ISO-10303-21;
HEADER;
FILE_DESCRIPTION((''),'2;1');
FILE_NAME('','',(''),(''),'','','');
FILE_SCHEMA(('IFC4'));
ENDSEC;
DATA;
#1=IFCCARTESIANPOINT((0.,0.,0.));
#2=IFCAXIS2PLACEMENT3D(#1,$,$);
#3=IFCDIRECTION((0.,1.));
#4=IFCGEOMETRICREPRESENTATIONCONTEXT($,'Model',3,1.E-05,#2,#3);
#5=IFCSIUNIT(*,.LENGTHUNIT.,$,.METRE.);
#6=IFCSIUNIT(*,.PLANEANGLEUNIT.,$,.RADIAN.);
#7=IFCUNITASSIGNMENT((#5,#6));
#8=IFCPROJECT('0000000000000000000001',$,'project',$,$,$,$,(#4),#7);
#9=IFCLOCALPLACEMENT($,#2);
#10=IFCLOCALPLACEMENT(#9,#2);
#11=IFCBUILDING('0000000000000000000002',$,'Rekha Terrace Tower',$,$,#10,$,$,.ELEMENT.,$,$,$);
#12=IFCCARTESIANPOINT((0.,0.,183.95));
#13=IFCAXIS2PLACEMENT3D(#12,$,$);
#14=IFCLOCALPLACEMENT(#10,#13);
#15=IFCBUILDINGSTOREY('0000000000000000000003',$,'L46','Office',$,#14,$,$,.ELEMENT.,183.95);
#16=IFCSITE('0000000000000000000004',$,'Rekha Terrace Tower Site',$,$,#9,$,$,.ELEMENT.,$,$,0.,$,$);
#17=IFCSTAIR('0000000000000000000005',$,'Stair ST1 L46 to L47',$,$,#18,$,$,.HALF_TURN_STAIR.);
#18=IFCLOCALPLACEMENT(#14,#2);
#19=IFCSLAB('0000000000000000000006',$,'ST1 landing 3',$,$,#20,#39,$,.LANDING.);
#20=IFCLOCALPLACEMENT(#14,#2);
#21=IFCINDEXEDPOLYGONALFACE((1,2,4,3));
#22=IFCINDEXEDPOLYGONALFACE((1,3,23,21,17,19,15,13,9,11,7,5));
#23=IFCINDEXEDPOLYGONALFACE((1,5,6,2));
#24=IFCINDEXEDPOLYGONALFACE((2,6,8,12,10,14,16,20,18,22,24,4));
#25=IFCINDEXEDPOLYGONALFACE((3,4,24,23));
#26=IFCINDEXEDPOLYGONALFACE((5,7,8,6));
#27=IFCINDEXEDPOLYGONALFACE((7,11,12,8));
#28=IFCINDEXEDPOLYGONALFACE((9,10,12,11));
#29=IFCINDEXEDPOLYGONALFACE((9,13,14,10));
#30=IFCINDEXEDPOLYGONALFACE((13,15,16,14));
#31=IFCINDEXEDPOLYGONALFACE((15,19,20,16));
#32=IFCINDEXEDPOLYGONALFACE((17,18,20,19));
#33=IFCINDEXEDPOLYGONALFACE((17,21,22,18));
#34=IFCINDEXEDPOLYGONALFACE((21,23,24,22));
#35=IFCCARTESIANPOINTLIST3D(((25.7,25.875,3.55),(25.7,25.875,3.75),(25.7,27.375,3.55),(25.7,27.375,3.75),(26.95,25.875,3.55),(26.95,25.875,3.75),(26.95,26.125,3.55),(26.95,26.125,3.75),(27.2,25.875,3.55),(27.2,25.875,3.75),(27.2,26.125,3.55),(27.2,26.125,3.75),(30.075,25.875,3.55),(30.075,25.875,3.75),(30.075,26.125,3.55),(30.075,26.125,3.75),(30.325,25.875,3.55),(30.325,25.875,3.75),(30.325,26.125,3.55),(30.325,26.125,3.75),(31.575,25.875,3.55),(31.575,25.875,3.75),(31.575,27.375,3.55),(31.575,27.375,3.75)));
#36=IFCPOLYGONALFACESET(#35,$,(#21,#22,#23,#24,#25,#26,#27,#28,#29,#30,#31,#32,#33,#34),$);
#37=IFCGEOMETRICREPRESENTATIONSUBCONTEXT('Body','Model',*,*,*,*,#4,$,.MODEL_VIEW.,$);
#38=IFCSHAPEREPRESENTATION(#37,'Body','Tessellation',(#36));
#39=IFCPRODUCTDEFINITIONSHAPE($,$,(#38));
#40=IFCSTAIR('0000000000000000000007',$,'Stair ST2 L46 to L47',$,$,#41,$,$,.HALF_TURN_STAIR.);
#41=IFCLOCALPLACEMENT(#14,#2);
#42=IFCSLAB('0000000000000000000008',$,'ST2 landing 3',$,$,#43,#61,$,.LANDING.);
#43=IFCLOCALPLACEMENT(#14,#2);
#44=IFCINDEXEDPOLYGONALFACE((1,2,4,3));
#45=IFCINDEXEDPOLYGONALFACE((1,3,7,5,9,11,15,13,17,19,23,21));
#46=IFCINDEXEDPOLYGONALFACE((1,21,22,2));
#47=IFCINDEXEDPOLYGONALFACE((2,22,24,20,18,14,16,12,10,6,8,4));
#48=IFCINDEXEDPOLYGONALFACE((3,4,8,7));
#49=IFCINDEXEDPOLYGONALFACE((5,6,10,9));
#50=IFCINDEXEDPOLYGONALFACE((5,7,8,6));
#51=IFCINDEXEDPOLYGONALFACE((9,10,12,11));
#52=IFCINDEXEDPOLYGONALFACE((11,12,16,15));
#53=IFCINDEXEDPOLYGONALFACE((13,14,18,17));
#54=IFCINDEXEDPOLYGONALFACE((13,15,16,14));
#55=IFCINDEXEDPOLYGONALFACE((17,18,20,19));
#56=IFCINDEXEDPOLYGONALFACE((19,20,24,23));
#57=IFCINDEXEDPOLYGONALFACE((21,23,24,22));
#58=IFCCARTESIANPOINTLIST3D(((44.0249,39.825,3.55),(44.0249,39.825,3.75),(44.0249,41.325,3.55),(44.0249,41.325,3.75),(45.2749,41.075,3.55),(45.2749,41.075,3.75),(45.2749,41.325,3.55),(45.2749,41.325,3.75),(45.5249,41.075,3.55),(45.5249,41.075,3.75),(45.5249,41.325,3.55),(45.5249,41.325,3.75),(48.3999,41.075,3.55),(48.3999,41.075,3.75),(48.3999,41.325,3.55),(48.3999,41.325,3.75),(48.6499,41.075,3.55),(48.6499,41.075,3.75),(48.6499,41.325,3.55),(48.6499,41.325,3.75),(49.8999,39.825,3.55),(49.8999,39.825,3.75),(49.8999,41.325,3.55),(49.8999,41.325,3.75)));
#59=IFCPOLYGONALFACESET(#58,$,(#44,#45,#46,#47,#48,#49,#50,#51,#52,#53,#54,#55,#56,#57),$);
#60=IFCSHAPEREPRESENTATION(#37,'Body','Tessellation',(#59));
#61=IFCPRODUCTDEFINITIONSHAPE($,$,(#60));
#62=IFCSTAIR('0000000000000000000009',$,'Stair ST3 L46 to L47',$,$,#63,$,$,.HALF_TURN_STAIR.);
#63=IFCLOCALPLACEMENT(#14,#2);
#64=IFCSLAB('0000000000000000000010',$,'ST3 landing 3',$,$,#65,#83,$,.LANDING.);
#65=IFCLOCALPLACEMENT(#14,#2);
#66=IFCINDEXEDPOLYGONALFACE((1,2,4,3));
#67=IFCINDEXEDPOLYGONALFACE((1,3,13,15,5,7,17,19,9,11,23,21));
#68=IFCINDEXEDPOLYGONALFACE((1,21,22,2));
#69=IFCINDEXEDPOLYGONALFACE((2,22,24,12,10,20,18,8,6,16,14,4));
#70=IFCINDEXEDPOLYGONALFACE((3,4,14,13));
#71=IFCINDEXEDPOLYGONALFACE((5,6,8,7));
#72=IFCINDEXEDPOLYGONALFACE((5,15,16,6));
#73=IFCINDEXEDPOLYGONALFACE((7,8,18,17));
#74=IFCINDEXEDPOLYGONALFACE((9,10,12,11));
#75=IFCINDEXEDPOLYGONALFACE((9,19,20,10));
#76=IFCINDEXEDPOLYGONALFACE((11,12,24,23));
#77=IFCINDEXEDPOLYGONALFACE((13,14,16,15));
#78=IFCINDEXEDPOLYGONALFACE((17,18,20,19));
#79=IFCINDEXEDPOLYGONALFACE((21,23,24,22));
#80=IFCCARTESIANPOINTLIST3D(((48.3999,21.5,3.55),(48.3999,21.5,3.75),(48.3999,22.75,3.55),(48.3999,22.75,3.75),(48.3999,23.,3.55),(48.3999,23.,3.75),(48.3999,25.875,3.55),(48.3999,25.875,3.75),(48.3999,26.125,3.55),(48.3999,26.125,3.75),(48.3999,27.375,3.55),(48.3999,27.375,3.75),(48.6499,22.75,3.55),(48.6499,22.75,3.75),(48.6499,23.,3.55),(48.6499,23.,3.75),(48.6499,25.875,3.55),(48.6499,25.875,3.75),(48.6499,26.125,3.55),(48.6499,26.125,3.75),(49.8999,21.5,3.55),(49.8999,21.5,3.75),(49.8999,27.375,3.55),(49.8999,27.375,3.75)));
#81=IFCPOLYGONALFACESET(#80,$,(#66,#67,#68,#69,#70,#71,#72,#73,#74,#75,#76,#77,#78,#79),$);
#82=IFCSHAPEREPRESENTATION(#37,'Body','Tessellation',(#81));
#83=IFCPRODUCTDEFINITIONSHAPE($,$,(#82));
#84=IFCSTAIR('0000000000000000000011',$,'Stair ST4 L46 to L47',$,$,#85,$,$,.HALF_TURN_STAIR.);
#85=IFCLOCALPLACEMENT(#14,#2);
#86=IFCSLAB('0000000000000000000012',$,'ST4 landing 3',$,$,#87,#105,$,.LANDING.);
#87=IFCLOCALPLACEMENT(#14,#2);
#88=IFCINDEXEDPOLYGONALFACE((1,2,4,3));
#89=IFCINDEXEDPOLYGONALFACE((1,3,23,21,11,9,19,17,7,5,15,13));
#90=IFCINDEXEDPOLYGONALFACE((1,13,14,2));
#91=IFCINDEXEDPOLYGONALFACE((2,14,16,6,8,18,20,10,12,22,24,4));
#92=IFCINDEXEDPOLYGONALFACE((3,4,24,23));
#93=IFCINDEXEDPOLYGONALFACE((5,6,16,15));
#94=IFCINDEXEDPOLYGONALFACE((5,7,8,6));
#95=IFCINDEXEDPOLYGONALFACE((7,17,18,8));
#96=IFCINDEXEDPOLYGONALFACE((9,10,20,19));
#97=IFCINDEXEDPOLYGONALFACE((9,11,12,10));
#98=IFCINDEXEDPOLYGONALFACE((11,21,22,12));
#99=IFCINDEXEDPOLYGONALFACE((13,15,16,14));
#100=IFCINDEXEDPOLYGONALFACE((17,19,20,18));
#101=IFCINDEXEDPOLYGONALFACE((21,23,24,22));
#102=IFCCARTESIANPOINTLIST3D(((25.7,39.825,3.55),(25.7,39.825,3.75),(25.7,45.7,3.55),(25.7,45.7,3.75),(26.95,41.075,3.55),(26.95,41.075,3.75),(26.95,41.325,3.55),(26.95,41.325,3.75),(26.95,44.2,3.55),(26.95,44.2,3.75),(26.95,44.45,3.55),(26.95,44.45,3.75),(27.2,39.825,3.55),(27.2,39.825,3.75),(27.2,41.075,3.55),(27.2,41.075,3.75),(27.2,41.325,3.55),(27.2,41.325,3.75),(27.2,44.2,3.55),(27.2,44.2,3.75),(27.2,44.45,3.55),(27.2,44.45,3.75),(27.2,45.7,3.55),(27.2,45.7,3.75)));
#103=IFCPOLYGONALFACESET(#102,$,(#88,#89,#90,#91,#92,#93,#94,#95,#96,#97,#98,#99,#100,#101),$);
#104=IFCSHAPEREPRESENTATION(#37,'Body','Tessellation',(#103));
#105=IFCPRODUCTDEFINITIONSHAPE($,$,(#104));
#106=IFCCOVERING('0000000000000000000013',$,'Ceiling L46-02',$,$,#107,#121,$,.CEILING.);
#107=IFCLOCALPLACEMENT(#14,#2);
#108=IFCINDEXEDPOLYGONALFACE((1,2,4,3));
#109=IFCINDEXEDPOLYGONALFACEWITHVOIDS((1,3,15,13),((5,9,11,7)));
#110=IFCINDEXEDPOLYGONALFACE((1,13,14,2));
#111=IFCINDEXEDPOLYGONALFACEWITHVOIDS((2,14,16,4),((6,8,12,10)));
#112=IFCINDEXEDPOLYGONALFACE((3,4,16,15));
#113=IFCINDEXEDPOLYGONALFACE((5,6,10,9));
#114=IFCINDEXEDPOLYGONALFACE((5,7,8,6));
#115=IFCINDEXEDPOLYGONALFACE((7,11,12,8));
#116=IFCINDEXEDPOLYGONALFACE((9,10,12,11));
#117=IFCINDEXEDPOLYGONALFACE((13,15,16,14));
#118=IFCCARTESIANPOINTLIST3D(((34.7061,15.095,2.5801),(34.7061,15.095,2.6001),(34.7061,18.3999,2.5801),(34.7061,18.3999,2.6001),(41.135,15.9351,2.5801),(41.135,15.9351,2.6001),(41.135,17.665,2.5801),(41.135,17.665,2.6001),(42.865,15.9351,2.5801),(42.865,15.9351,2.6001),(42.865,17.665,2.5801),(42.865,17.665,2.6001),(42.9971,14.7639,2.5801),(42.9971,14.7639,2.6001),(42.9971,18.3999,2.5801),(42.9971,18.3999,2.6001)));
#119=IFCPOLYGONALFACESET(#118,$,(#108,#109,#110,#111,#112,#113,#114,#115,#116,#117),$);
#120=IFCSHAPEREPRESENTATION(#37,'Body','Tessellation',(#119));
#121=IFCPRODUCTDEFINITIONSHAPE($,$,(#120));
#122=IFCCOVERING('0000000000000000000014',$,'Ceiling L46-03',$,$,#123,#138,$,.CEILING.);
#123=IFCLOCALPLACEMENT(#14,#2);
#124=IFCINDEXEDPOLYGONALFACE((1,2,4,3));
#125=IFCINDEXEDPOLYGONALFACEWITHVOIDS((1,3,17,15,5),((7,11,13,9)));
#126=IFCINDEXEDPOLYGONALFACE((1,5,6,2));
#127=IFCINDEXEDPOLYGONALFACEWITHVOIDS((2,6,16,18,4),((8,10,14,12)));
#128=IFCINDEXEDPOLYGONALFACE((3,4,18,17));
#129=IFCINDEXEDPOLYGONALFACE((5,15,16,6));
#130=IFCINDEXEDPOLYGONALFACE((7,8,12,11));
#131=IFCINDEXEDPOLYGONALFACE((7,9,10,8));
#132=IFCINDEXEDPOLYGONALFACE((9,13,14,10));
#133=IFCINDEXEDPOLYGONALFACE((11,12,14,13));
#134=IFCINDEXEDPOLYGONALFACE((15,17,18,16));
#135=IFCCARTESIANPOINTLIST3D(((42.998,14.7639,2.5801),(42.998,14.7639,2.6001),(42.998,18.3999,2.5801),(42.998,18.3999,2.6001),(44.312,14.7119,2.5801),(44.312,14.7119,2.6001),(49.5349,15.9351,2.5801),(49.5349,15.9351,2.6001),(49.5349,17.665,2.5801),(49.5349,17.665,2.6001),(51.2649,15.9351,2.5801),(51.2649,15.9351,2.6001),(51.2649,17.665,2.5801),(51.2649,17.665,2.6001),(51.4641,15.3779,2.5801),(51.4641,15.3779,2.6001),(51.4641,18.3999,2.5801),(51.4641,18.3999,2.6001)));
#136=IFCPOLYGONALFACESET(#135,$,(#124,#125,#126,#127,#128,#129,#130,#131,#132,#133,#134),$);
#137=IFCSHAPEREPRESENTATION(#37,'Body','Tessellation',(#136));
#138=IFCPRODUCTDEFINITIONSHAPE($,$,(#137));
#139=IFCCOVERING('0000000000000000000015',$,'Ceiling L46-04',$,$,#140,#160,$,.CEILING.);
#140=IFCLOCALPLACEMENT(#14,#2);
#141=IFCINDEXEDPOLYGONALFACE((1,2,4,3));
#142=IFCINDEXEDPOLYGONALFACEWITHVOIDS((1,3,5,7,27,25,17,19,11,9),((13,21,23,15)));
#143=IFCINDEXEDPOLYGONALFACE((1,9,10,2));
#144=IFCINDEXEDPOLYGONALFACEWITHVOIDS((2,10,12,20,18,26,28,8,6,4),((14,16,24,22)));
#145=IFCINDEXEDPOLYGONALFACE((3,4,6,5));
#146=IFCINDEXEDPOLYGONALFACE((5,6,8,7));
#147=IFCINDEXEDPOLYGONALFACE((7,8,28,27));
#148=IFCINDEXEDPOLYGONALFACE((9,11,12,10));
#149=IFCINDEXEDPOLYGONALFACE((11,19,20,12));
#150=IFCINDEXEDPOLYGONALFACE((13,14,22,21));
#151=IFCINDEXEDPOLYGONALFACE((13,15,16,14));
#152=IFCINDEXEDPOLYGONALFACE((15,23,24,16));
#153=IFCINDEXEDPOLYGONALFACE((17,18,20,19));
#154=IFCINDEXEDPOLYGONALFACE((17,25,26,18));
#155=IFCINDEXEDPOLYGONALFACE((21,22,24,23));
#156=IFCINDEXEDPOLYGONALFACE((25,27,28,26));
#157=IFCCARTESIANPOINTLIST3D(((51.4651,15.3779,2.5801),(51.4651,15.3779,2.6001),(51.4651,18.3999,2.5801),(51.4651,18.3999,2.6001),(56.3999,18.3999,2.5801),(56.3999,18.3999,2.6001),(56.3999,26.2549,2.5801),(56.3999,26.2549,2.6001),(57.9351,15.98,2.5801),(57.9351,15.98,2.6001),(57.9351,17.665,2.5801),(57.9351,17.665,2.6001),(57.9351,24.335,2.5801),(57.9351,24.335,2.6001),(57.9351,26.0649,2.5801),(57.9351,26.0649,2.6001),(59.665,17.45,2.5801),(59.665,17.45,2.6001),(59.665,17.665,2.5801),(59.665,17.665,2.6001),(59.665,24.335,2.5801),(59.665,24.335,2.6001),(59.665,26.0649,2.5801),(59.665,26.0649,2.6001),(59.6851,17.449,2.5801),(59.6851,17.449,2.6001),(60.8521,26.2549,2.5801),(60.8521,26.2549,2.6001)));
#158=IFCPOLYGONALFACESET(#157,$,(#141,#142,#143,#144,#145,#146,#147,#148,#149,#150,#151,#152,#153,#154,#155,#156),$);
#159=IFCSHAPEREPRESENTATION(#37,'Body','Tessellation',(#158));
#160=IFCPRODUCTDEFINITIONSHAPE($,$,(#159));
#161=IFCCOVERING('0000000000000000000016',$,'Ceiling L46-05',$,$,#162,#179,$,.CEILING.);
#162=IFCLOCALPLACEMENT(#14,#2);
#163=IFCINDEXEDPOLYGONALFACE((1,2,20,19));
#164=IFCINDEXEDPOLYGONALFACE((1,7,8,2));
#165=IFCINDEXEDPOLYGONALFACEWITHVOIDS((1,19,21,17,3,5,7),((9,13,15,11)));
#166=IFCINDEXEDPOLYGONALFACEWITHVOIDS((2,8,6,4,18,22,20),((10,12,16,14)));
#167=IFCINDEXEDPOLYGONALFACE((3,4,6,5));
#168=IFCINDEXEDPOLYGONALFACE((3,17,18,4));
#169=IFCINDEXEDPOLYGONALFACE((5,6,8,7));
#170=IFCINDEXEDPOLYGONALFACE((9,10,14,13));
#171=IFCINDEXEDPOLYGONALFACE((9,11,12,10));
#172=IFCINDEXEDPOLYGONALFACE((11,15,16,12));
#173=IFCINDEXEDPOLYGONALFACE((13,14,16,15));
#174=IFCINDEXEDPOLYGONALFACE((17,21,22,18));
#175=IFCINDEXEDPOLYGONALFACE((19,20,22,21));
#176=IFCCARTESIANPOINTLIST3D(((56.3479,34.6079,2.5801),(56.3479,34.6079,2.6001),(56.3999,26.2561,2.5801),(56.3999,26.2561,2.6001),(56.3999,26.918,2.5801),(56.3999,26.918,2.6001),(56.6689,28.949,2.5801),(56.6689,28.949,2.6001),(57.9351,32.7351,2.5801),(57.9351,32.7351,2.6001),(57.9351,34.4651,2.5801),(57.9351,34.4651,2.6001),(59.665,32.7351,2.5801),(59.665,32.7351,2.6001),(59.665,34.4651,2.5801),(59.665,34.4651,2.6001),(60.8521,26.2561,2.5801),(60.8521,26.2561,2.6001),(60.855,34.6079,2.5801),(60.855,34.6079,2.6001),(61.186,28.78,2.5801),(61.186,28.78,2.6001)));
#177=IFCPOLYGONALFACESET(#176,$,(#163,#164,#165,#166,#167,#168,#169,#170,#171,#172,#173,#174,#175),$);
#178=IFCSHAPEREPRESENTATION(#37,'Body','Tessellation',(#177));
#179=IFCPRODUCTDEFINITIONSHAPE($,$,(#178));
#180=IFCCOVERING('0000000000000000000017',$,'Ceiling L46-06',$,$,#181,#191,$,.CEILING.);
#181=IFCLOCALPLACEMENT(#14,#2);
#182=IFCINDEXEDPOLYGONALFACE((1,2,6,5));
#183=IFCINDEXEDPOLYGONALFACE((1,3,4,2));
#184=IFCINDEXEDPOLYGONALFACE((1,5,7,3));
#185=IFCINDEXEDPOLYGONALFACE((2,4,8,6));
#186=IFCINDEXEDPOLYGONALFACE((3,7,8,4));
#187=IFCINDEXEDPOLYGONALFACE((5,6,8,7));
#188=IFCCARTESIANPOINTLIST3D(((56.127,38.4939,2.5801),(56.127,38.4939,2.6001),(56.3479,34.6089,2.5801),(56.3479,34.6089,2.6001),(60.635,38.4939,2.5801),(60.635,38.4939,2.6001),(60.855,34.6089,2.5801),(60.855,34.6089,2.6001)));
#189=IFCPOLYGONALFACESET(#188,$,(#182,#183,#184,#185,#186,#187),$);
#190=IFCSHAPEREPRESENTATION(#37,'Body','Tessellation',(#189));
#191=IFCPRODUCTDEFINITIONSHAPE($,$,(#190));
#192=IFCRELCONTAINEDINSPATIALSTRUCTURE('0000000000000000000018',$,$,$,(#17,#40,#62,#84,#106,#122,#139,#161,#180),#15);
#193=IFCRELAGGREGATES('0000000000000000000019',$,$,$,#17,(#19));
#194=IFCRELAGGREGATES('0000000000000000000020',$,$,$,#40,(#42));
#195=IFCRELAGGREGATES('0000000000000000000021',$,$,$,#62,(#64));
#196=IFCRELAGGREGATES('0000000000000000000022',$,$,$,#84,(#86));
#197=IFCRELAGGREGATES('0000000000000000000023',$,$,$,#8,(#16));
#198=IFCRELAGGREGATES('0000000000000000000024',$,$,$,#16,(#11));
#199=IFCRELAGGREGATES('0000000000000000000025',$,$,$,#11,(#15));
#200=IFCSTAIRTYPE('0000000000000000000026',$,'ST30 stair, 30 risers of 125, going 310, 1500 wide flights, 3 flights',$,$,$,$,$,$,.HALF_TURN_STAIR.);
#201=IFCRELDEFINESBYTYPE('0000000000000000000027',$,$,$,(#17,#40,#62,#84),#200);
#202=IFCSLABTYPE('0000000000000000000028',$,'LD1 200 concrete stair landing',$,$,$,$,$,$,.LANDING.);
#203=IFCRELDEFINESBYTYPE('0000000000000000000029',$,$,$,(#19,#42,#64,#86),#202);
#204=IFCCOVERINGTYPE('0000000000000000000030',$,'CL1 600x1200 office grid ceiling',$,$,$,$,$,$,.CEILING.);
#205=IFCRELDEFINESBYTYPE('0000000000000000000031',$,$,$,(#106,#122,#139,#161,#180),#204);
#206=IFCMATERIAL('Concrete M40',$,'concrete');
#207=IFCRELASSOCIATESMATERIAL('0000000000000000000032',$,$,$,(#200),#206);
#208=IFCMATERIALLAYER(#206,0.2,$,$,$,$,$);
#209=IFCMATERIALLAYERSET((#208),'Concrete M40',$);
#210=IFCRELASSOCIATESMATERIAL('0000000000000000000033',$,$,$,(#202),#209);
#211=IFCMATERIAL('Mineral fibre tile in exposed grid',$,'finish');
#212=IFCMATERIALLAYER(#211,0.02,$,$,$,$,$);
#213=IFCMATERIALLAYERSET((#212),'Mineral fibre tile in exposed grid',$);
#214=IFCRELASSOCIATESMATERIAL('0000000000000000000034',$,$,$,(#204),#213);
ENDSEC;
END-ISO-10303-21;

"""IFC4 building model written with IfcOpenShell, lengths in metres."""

from ifc_helpers import new_model, si_unit, direction, frame, origin, place, context, subcontext, project, spatial, polyline, outline, extrude, material, layer, layer_set, type_object, element, aggregate, save


model = new_model("IFC4")

# Units and contexts
model_context = context("Model", 3, precision=1e-05, world=origin(), true_north=direction((0.0, 1.0)))
body_context = subcontext(model_context, "Body", "Model", "MODEL_VIEW")
ifc_project = project(units=[si_unit("LENGTHUNIT", "METRE"), si_unit("PLANEANGLEUNIT", "RADIAN")], contexts=[model_context])

# Site, building, storey
site_placement = place(None, origin())
site = spatial("IfcSite", under=ifc_project, at=site_placement, Name="Rekha Terrace Tower Site", CompositionType="ELEMENT", RefElevation=0.0)
building_placement = place(site_placement, origin())
building = spatial("IfcBuilding", under=site, at=building_placement, Name="Rekha Terrace Tower", CompositionType="ELEMENT")
storey_placement = place(building_placement, frame((0.0, 0.0, 183.95)))
storey = spatial("IfcBuildingStorey", under=building, at=storey_placement, Name="L46", Description="Office", CompositionType="ELEMENT", Elevation=183.95)

# Stairs, slabs
ifc_material_1 = material(Name="Concrete M40", Category="concrete")
stair_type = type_object("IfcStairType", Name="ST30 stair, 30 risers of 125, going 310, 1500 wide flights, 3 flights", PredefinedType="HALF_TURN_STAIR", material=ifc_material_1)
stair_1_placement = place(storey_placement, origin())
stair_1 = element("IfcStair", 1, at=stair_1_placement, inside=storey, type_object=stair_type, Name="Stair ST1 L46 to L47", PredefinedType="HALF_TURN_STAIR")
ifc_layer_1 = layer(ifc_material_1, 0.2)
ifc_layer_set_1 = layer_set([ifc_layer_1], Name="Concrete M40")
slab_type = type_object("IfcSlabType", Name="LD1 200 concrete stair landing", PredefinedType="LANDING", material=ifc_layer_set_1)
slab_1_placement = place(storey_placement, frame((0.0, 0.0, 3.55)))
slab_1 = element("IfcSlab", 2, at=slab_1_placement, type_object=slab_type, Name="ST1 landing 3", PredefinedType="LANDING", context=body_context, shape_type="SweptSolid", body=[
    extrude(outline(polyline([(31.575, 25.875), (31.575, 27.375), (25.7, 27.375), (25.7, 25.875), (26.95, 25.875), (26.95, 26.125), (27.2, 26.125), (27.2, 25.875), (30.075, 25.875), (30.075, 26.125), (30.325, 26.125), (30.325, 25.875), (31.575, 25.875)])), origin(), (0.0, 0.0, 1.0), 0.2),
])
aggregate(stair_1, [slab_1])
stair_2_placement = place(storey_placement, origin())
stair_2 = element("IfcStair", 3, at=stair_2_placement, inside=storey, type_object=stair_type, Name="Stair ST2 L46 to L47", PredefinedType="HALF_TURN_STAIR")
slab_2_placement = place(storey_placement, frame((0.0, 0.0, 3.55)))
slab_2 = element("IfcSlab", 4, at=slab_2_placement, type_object=slab_type, Name="ST2 landing 3", PredefinedType="LANDING", context=body_context, shape_type="SweptSolid", body=[
    extrude(outline(polyline([(44.0249, 41.325), (44.0249, 39.825), (49.8999, 39.825), (49.8999, 41.325), (48.6499, 41.325), (48.6499, 41.075), (48.3999, 41.075), (48.3999, 41.325), (45.5249, 41.325), (45.5249, 41.075), (45.2749, 41.075), (45.2749, 41.325), (44.0249, 41.325)])), origin(), (0.0, 0.0, 1.0), 0.2),
])
aggregate(stair_2, [slab_2])
stair_3_placement = place(storey_placement, origin())
stair_3 = element("IfcStair", 5, at=stair_3_placement, inside=storey, type_object=stair_type, Name="Stair ST3 L46 to L47", PredefinedType="HALF_TURN_STAIR")
slab_3_placement = place(storey_placement, frame((0.0, 0.0, 3.55)))
slab_3 = element("IfcSlab", 6, at=slab_3_placement, type_object=slab_type, Name="ST3 landing 3", PredefinedType="LANDING", context=body_context, shape_type="SweptSolid", body=[
    extrude(outline(polyline([(48.3999, 21.5), (49.8999, 21.5), (49.8999, 27.375), (48.3999, 27.375), (48.3999, 26.125), (48.6499, 26.125), (48.6499, 25.875), (48.3999, 25.875), (48.3999, 23.0), (48.6499, 23.0), (48.6499, 22.75), (48.3999, 22.75), (48.3999, 21.5)])), origin(), (0.0, 0.0, 1.0), 0.2),
])
aggregate(stair_3, [slab_3])
stair_4_placement = place(storey_placement, origin())
stair_4 = element("IfcStair", 7, at=stair_4_placement, inside=storey, type_object=stair_type, Name="Stair ST4 L46 to L47", PredefinedType="HALF_TURN_STAIR")
slab_4_placement = place(storey_placement, frame((0.0, 0.0, 3.55)))
slab_4 = element("IfcSlab", 8, at=slab_4_placement, type_object=slab_type, Name="ST4 landing 3", PredefinedType="LANDING", context=body_context, shape_type="SweptSolid", body=[
    extrude(outline(polyline([(27.2, 39.825), (25.7, 39.825), (25.7, 45.7), (27.2, 45.7), (27.2, 44.45), (26.95, 44.45), (26.95, 44.2), (27.2, 44.2), (27.2, 41.325), (26.95, 41.325), (26.95, 41.075), (27.2, 41.075), (27.2, 39.825)])), origin(), (0.0, 0.0, 1.0), 0.2),
])
aggregate(stair_4, [slab_4])

# Coverings
ifc_material_2 = material(Name="Mineral fibre tile in exposed grid", Category="finish")
ifc_layer_2 = layer(ifc_material_2, 0.02)
ifc_layer_set_2 = layer_set([ifc_layer_2], Name="Mineral fibre tile in exposed grid")
covering_type_1 = type_object("IfcCoveringType", Name="CL1 600x1200 office grid ceiling", PredefinedType="CEILING", material=ifc_layer_set_2)
covering_1_placement = place(storey_placement, frame((0.0, 0.0, 2.5801)))
element("IfcCovering", 9, at=covering_1_placement, inside=storey, type_object=covering_type_1, Name="Ceiling L46-02", PredefinedType="CEILING", context=body_context, shape_type="SweptSolid", body=[
    extrude(outline(polyline([(42.9971, 14.7639), (42.9971, 18.3999), (34.7061, 18.3999), (34.7061, 15.095), (42.9971, 14.7639)]), holes=[polyline([(42.865, 17.665), (42.865, 15.9351), (41.135, 15.9351), (41.135, 17.665), (42.865, 17.665)])]), origin(), (0.0, 0.0, 1.0), 0.02),
])
covering_2_placement = place(storey_placement, frame((0.0, 0.0, 2.5801)))
element("IfcCovering", 10, at=covering_2_placement, inside=storey, type_object=covering_type_1, Name="Ceiling L46-03", PredefinedType="CEILING", context=body_context, shape_type="SweptSolid", body=[
    extrude(outline(polyline([(51.4641, 18.3999), (42.998, 18.3999), (42.998, 14.7639), (44.312, 14.7119), (51.4641, 15.3779), (51.4641, 18.3999)]), holes=[polyline([(51.2649, 15.9351), (49.5349, 15.9351), (49.5349, 17.665), (51.2649, 17.665), (51.2649, 15.9351)])]), origin(), (0.0, 0.0, 1.0), 0.02),
])
covering_3_placement = place(storey_placement, frame((0.0, 0.0, 2.5801)))
element("IfcCovering", 11, at=covering_3_placement, inside=storey, type_object=covering_type_1, Name="Ceiling L46-04", PredefinedType="CEILING", context=body_context, shape_type="SweptSolid", body=[
    extrude(outline(polyline([(56.3999, 26.2549), (56.3999, 18.3999), (51.4651, 18.3999), (51.4651, 15.3779), (57.9351, 15.98), (57.9351, 17.665), (59.665, 17.665), (59.665, 17.45), (59.6851, 17.449), (60.8521, 26.2549), (56.3999, 26.2549)]), holes=[polyline([(59.665, 24.335), (57.9351, 24.335), (57.9351, 26.0649), (59.665, 26.0649), (59.665, 24.335)])]), origin(), (0.0, 0.0, 1.0), 0.02),
])
covering_4_placement = place(storey_placement, frame((0.0, 0.0, 2.5801)))
element("IfcCovering", 12, at=covering_4_placement, inside=storey, type_object=covering_type_1, Name="Ceiling L46-05", PredefinedType="CEILING", context=body_context, shape_type="SweptSolid", body=[
    extrude(outline(polyline([(60.855, 34.6079), (56.3479, 34.6079), (56.6689, 28.949), (56.3999, 26.918), (56.3999, 26.2561), (60.8521, 26.2561), (61.186, 28.78), (60.855, 34.6079)]), holes=[polyline([(59.665, 34.4651), (59.665, 32.7351), (57.9351, 32.7351), (57.9351, 34.4651), (59.665, 34.4651)])]), origin(), (0.0, 0.0, 1.0), 0.02),
])
covering_5_placement = place(storey_placement, frame((0.0, 0.0, 2.5801)))
element("IfcCovering", 13, at=covering_5_placement, inside=storey, type_object=covering_type_1, Name="Ceiling L46-06", PredefinedType="CEILING", context=body_context, shape_type="SweptSolid", body=[
    extrude(outline(polyline([(56.3479, 34.6089), (60.855, 34.6089), (60.635, 38.4939), (56.127, 38.4939), (56.3479, 34.6089)])), origin(), (0.0, 0.0, 1.0), 0.02),
])

save(model, "model.ifc")
